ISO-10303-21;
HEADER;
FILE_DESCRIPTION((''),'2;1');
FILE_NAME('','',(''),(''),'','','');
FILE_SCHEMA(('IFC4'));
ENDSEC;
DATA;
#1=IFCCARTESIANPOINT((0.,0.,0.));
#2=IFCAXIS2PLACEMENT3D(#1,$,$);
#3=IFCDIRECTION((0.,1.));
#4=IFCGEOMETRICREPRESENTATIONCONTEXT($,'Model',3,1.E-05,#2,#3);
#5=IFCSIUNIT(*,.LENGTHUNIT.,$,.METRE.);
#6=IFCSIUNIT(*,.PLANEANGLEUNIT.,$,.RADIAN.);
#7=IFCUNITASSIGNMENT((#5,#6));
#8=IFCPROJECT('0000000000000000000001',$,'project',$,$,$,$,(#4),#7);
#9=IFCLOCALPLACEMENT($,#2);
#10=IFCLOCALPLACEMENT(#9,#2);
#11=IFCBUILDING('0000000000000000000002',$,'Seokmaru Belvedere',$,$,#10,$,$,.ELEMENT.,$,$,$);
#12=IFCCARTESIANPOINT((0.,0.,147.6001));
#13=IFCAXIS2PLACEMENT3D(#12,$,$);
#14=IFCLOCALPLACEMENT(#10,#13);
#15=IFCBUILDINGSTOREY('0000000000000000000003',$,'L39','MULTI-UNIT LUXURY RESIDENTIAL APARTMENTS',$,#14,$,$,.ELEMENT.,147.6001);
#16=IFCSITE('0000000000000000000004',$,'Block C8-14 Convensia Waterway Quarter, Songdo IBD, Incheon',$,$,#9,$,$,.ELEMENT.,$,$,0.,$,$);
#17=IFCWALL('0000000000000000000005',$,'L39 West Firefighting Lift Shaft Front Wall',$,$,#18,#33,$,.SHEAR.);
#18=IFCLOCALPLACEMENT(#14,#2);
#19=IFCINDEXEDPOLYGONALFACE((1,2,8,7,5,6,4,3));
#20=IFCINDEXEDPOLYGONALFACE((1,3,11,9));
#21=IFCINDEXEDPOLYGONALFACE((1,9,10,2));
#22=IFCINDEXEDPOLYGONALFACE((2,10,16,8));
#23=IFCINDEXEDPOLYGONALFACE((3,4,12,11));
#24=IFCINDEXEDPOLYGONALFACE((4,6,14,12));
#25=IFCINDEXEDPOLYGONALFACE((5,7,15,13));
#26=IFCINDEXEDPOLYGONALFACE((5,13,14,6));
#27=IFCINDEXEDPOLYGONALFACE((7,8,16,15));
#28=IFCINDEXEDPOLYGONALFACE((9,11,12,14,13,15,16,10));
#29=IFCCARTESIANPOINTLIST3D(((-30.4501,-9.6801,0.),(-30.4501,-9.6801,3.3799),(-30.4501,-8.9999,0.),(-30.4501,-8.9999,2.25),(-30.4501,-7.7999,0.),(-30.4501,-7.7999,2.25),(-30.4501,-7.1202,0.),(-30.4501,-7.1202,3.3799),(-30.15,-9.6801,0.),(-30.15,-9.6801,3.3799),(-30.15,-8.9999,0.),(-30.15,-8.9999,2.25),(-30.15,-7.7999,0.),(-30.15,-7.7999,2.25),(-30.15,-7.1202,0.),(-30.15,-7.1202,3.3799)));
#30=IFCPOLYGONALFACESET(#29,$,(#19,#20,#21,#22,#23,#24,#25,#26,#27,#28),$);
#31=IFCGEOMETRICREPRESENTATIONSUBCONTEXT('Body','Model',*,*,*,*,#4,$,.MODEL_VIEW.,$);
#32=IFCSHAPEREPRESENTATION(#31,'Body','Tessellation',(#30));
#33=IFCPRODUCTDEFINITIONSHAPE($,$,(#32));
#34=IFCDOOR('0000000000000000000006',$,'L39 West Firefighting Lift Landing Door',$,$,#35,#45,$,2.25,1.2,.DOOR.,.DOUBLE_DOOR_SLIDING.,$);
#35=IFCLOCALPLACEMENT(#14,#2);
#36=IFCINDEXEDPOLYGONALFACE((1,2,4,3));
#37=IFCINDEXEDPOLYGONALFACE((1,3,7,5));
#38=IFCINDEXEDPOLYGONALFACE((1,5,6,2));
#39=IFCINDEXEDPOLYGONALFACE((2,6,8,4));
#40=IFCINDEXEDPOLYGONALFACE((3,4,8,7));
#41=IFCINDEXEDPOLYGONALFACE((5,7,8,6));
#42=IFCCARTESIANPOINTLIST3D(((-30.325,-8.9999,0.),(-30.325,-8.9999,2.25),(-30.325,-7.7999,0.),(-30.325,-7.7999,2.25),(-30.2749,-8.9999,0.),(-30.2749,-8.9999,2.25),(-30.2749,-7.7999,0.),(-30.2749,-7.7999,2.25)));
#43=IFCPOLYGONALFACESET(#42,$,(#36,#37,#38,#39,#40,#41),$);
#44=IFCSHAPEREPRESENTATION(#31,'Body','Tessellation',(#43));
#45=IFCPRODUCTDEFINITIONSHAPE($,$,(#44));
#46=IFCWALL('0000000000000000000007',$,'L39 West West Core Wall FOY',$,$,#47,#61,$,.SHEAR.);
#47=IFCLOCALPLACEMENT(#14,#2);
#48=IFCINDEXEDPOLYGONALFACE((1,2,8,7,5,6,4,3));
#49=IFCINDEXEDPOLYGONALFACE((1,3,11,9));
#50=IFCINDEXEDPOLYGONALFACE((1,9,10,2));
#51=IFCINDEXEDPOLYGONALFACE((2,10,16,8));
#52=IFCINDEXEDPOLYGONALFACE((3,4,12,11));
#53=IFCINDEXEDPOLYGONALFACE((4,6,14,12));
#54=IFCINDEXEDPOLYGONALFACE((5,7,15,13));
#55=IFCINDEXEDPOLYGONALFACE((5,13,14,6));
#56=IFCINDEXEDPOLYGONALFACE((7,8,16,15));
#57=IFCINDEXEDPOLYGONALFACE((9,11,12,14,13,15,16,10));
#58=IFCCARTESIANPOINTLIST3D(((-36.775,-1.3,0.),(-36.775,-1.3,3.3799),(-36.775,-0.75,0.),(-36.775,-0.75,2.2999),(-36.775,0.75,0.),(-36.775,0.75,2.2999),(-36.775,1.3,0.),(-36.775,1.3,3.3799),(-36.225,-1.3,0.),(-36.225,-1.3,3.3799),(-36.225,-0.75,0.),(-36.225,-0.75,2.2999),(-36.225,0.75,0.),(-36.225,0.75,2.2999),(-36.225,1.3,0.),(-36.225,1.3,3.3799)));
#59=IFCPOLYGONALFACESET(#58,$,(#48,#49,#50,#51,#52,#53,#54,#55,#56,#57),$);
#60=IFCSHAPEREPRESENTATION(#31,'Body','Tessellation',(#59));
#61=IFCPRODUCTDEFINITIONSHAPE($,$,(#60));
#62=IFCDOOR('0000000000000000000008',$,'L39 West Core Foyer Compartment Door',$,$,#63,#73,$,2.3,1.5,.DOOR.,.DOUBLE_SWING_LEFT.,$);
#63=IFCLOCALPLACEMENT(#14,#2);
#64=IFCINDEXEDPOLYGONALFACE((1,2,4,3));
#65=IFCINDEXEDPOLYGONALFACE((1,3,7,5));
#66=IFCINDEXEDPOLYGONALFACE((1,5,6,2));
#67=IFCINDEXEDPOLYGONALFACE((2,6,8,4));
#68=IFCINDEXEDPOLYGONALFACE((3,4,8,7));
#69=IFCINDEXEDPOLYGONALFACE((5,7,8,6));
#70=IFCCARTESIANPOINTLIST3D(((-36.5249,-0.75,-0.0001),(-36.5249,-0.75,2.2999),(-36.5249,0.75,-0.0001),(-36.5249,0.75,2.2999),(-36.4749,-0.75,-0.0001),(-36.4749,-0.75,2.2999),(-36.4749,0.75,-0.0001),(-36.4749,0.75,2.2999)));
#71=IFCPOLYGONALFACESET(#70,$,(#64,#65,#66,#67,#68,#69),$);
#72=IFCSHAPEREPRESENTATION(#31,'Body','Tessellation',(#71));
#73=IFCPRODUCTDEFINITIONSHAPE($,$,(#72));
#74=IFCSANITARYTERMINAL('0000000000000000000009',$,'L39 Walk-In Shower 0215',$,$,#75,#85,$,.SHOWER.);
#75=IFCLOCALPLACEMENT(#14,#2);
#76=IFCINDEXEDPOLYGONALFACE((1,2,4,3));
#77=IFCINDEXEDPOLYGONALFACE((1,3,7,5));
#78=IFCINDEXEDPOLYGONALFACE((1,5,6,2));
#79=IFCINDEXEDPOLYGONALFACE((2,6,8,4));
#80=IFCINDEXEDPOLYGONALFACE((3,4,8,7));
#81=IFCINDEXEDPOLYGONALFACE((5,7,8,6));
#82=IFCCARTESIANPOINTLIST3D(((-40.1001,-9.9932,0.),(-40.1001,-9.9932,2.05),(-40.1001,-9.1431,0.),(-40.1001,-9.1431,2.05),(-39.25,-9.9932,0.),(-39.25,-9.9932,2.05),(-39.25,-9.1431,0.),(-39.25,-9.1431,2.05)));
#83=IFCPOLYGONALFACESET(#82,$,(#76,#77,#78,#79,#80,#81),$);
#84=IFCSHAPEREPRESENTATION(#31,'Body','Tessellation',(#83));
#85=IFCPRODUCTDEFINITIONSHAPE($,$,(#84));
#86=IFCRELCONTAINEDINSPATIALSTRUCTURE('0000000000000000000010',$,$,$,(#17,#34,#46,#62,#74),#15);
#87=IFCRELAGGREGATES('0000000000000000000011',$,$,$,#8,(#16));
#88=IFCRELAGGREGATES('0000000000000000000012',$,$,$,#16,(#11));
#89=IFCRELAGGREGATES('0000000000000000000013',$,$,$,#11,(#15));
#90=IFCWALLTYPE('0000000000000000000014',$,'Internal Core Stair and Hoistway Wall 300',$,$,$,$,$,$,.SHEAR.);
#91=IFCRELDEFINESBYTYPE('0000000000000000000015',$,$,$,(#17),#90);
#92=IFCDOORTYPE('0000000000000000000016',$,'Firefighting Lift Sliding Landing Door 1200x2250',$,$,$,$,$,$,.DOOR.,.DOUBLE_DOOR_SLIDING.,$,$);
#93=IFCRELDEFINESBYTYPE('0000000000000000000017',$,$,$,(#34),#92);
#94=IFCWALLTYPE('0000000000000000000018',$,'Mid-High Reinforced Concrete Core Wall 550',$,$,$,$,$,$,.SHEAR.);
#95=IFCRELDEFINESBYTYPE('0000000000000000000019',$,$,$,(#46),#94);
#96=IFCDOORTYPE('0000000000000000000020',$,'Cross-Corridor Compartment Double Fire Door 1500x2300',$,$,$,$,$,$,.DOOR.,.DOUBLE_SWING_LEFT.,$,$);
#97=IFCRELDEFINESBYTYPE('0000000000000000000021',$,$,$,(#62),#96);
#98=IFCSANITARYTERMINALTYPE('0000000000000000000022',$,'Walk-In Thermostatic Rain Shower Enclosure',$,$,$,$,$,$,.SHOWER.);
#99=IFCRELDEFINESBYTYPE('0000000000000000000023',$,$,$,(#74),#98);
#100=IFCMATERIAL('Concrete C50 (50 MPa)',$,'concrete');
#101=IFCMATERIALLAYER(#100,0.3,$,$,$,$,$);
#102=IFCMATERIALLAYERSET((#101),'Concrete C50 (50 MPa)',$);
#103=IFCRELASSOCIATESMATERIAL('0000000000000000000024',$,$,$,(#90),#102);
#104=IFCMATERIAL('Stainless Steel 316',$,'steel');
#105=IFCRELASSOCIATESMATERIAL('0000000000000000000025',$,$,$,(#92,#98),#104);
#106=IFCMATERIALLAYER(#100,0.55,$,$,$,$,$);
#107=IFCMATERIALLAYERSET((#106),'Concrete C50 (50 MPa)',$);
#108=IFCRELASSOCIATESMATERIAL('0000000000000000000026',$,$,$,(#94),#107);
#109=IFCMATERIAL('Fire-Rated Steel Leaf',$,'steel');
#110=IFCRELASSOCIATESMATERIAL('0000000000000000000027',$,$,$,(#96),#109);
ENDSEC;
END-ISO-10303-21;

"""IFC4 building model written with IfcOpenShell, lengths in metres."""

from ifc_helpers import new_model, si_unit, direction, frame, frame_2d, origin, origin_2d, place, context, subcontext, project, spatial, rectangle, extrude, source, transform, mapped, material, layer, layer_set, type_object, type_shapes, element, fill, save


model = new_model("IFC4")

# Units and contexts
model_context = context("Model", 3, precision=1e-05, world=origin(), true_north=direction((0.0, 1.0)))
body_context = subcontext(model_context, "Body", "Model", "MODEL_VIEW")
ifc_project = project(units=[si_unit("LENGTHUNIT", "METRE"), si_unit("PLANEANGLEUNIT", "RADIAN")], contexts=[model_context])

# Site, building, storey
site_placement = place(None, origin())
site = spatial("IfcSite", under=ifc_project, at=site_placement, Name="Block C8-14 Convensia Waterway Quarter, Songdo IBD, Incheon", CompositionType="ELEMENT", RefElevation=0.0)
building_placement = place(site_placement, origin())
building = spatial("IfcBuilding", under=site, at=building_placement, Name="Seokmaru Belvedere", CompositionType="ELEMENT")
storey_placement = place(building_placement, frame((0.0, 0.0, 147.6001)))
storey = spatial("IfcBuildingStorey", under=building, at=storey_placement, Name="L39", Description="MULTI-UNIT LUXURY RESIDENTIAL APARTMENTS", CompositionType="ELEMENT", Elevation=147.6001)

# Shared definitions
ifc_material_1 = material(Name="Concrete C50 (50 MPa)", Category="concrete")

# Walls, openings, doors
ifc_layer_1 = layer(ifc_material_1, 0.3)
ifc_layer_set_1 = layer_set([ifc_layer_1], Name="Concrete C50 (50 MPa)")
wall_type_1 = type_object("IfcWallType", Name="Internal Core Stair and Hoistway Wall 300", PredefinedType="SHEAR", material=ifc_layer_set_1)
wall_1_placement = place(storey_placement, frame((-30.3, -9.6799, 0.0), z_axis=(0.0, 0.0, 1.0), x_axis=(0.0, 1.0, 0.0)))
wall_1 = element("IfcWall", 1, at=wall_1_placement, inside=storey, type_object=wall_type_1, Name="L39 West Firefighting Lift Shaft Front Wall", PredefinedType="SHEAR", context=body_context, shape_type="SweptSolid", body=[
    extrude(rectangle(XDim=2.5598, YDim=0.3, at=frame_2d((1.2798, 0.0))), origin(), (0.0, 0.0, 1.0), 3.3799),
])
opening_1_placement = place(wall_1_placement, frame((0.6799, 0.0, 0.0)))
opening_1 = element("IfcOpeningElement", 2, at=opening_1_placement, cuts=wall_1, PredefinedType="OPENING", context=body_context, shape_type="SweptSolid", body=[
    extrude(rectangle(XDim=1.2, YDim=2.25, at=frame_2d((0.6001, 1.125))), frame((0.0, 0.1602, 0.0), z_axis=(0.0, -1.0, 0.0), x_axis=(1.0, 0.0, 0.0)), (0.0, 0.0, 1.0), 0.3201),
])
ifc_material_2 = material(Name="Stainless Steel 316", Category="steel")
door_type_1 = type_object("IfcDoorType", Name="Firefighting Lift Sliding Landing Door 1200x2250", OperationType="DOUBLE_DOOR_SLIDING", PredefinedType="DOOR", material=ifc_material_2)
shared_shape_1 = source(origin(), body_context, "Body", "SweptSolid", [
    extrude(rectangle(XDim=1.2, YDim=2.25, at=frame_2d((0.6001, 1.125))), frame((0.0, 0.0249, 0.0), z_axis=(0.0, -1.0, 0.0), x_axis=(1.0, 0.0, 0.0)), (0.0, 0.0, 1.0), 0.05),
])
type_shapes(door_type_1, [shared_shape_1])
door_1_placement = place(opening_1_placement, origin())
door_1 = element("IfcDoor", 3, at=door_1_placement, inside=storey, type_object=door_type_1, Name="L39 West Firefighting Lift Landing Door", OperationType="DOUBLE_DOOR_SLIDING", OverallHeight=2.25, OverallWidth=1.2, PredefinedType="DOOR", context=body_context, shape_type="MappedRepresentation", body=[
    mapped(shared_shape_1, transform((0.0, 0.0, 0.0), scale=1.0)),
])
fill(opening_1, door_1)
ifc_layer_2 = layer(ifc_material_1, 0.55)
ifc_layer_set_2 = layer_set([ifc_layer_2], Name="Concrete C50 (50 MPa)")
wall_type_2 = type_object("IfcWallType", Name="Mid-High Reinforced Concrete Core Wall 550", PredefinedType="SHEAR", material=ifc_layer_set_2)
wall_2_placement = place(storey_placement, frame((-36.5, -1.3, 0.0), z_axis=(0.0, 0.0, 1.0), x_axis=(0.0, 1.0, 0.0)))
wall_2 = element("IfcWall", 4, at=wall_2_placement, inside=storey, type_object=wall_type_2, Name="L39 West West Core Wall FOY", PredefinedType="SHEAR", context=body_context, shape_type="SweptSolid", body=[
    extrude(rectangle(XDim=2.6001, YDim=0.55, at=frame_2d((1.3, 0.0))), origin(), (0.0, 0.0, 1.0), 3.3799),
])
opening_2_placement = place(wall_2_placement, frame((0.55, 0.0, 0.0)))
opening_2 = element("IfcOpeningElement", 5, at=opening_2_placement, cuts=wall_2, PredefinedType="OPENING", context=body_context, shape_type="SweptSolid", body=[
    extrude(rectangle(XDim=1.5, YDim=2.3, at=frame_2d((0.75, 1.1499))), frame((0.0, 0.2852, 0.0), z_axis=(0.0, -1.0, 0.0), x_axis=(1.0, 0.0, 0.0)), (0.0, 0.0, 1.0), 0.5701),
])
ifc_material_3 = material(Name="Fire-Rated Steel Leaf", Category="steel")
door_type_2 = type_object("IfcDoorType", Name="Cross-Corridor Compartment Double Fire Door 1500x2300", OperationType="DOUBLE_SWING_LEFT", PredefinedType="DOOR", material=ifc_material_3)
shared_shape_2 = source(origin(), body_context, "Body", "SweptSolid", [
    extrude(rectangle(XDim=1.5, YDim=2.3, at=frame_2d((0.75, 1.1499))), frame((0.0, 0.0249, 0.0), z_axis=(0.0, -1.0, 0.0), x_axis=(1.0, 0.0, 0.0)), (0.0, 0.0, 1.0), 0.05),
])
type_shapes(door_type_2, [shared_shape_2])
door_2_placement = place(opening_2_placement, origin())
door_2 = element("IfcDoor", 6, at=door_2_placement, inside=storey, type_object=door_type_2, Name="L39 West Core Foyer Compartment Door", OperationType="DOUBLE_SWING_LEFT", OverallHeight=2.3, OverallWidth=1.5, PredefinedType="DOOR", context=body_context, shape_type="MappedRepresentation", body=[
    mapped(shared_shape_2, transform((0.0, 0.0, 0.0), scale=1.0)),
])
fill(opening_2, door_2)

# Sanitary terminal
sanitary_terminal_type = type_object("IfcSanitaryTerminalType", Name="Walk-In Thermostatic Rain Shower Enclosure", PredefinedType="SHOWER", material=ifc_material_2)
shared_shape_3 = source(origin(), body_context, "Body", "SweptSolid", [
    extrude(rectangle(XDim=0.8501, YDim=0.8501, at=origin_2d()), origin(), (0.0, 0.0, 1.0), 2.05),
])
type_shapes(sanitary_terminal_type, [shared_shape_3])
sanitary_terminal_placement = place(storey_placement, frame((-39.675, -9.5681, 0.0), z_axis=(0.0, 0.0, 1.0), x_axis=(1.0, 0.0, 0.0)))
element("IfcSanitaryTerminal", 7, at=sanitary_terminal_placement, inside=storey, type_object=sanitary_terminal_type, Name="L39 Walk-In Shower 0215", PredefinedType="SHOWER", context=body_context, shape_type="MappedRepresentation", body=[
    mapped(shared_shape_3, transform((0.0, 0.0, 0.0), scale=1.0)),
])

save(model, "model.ifc")
